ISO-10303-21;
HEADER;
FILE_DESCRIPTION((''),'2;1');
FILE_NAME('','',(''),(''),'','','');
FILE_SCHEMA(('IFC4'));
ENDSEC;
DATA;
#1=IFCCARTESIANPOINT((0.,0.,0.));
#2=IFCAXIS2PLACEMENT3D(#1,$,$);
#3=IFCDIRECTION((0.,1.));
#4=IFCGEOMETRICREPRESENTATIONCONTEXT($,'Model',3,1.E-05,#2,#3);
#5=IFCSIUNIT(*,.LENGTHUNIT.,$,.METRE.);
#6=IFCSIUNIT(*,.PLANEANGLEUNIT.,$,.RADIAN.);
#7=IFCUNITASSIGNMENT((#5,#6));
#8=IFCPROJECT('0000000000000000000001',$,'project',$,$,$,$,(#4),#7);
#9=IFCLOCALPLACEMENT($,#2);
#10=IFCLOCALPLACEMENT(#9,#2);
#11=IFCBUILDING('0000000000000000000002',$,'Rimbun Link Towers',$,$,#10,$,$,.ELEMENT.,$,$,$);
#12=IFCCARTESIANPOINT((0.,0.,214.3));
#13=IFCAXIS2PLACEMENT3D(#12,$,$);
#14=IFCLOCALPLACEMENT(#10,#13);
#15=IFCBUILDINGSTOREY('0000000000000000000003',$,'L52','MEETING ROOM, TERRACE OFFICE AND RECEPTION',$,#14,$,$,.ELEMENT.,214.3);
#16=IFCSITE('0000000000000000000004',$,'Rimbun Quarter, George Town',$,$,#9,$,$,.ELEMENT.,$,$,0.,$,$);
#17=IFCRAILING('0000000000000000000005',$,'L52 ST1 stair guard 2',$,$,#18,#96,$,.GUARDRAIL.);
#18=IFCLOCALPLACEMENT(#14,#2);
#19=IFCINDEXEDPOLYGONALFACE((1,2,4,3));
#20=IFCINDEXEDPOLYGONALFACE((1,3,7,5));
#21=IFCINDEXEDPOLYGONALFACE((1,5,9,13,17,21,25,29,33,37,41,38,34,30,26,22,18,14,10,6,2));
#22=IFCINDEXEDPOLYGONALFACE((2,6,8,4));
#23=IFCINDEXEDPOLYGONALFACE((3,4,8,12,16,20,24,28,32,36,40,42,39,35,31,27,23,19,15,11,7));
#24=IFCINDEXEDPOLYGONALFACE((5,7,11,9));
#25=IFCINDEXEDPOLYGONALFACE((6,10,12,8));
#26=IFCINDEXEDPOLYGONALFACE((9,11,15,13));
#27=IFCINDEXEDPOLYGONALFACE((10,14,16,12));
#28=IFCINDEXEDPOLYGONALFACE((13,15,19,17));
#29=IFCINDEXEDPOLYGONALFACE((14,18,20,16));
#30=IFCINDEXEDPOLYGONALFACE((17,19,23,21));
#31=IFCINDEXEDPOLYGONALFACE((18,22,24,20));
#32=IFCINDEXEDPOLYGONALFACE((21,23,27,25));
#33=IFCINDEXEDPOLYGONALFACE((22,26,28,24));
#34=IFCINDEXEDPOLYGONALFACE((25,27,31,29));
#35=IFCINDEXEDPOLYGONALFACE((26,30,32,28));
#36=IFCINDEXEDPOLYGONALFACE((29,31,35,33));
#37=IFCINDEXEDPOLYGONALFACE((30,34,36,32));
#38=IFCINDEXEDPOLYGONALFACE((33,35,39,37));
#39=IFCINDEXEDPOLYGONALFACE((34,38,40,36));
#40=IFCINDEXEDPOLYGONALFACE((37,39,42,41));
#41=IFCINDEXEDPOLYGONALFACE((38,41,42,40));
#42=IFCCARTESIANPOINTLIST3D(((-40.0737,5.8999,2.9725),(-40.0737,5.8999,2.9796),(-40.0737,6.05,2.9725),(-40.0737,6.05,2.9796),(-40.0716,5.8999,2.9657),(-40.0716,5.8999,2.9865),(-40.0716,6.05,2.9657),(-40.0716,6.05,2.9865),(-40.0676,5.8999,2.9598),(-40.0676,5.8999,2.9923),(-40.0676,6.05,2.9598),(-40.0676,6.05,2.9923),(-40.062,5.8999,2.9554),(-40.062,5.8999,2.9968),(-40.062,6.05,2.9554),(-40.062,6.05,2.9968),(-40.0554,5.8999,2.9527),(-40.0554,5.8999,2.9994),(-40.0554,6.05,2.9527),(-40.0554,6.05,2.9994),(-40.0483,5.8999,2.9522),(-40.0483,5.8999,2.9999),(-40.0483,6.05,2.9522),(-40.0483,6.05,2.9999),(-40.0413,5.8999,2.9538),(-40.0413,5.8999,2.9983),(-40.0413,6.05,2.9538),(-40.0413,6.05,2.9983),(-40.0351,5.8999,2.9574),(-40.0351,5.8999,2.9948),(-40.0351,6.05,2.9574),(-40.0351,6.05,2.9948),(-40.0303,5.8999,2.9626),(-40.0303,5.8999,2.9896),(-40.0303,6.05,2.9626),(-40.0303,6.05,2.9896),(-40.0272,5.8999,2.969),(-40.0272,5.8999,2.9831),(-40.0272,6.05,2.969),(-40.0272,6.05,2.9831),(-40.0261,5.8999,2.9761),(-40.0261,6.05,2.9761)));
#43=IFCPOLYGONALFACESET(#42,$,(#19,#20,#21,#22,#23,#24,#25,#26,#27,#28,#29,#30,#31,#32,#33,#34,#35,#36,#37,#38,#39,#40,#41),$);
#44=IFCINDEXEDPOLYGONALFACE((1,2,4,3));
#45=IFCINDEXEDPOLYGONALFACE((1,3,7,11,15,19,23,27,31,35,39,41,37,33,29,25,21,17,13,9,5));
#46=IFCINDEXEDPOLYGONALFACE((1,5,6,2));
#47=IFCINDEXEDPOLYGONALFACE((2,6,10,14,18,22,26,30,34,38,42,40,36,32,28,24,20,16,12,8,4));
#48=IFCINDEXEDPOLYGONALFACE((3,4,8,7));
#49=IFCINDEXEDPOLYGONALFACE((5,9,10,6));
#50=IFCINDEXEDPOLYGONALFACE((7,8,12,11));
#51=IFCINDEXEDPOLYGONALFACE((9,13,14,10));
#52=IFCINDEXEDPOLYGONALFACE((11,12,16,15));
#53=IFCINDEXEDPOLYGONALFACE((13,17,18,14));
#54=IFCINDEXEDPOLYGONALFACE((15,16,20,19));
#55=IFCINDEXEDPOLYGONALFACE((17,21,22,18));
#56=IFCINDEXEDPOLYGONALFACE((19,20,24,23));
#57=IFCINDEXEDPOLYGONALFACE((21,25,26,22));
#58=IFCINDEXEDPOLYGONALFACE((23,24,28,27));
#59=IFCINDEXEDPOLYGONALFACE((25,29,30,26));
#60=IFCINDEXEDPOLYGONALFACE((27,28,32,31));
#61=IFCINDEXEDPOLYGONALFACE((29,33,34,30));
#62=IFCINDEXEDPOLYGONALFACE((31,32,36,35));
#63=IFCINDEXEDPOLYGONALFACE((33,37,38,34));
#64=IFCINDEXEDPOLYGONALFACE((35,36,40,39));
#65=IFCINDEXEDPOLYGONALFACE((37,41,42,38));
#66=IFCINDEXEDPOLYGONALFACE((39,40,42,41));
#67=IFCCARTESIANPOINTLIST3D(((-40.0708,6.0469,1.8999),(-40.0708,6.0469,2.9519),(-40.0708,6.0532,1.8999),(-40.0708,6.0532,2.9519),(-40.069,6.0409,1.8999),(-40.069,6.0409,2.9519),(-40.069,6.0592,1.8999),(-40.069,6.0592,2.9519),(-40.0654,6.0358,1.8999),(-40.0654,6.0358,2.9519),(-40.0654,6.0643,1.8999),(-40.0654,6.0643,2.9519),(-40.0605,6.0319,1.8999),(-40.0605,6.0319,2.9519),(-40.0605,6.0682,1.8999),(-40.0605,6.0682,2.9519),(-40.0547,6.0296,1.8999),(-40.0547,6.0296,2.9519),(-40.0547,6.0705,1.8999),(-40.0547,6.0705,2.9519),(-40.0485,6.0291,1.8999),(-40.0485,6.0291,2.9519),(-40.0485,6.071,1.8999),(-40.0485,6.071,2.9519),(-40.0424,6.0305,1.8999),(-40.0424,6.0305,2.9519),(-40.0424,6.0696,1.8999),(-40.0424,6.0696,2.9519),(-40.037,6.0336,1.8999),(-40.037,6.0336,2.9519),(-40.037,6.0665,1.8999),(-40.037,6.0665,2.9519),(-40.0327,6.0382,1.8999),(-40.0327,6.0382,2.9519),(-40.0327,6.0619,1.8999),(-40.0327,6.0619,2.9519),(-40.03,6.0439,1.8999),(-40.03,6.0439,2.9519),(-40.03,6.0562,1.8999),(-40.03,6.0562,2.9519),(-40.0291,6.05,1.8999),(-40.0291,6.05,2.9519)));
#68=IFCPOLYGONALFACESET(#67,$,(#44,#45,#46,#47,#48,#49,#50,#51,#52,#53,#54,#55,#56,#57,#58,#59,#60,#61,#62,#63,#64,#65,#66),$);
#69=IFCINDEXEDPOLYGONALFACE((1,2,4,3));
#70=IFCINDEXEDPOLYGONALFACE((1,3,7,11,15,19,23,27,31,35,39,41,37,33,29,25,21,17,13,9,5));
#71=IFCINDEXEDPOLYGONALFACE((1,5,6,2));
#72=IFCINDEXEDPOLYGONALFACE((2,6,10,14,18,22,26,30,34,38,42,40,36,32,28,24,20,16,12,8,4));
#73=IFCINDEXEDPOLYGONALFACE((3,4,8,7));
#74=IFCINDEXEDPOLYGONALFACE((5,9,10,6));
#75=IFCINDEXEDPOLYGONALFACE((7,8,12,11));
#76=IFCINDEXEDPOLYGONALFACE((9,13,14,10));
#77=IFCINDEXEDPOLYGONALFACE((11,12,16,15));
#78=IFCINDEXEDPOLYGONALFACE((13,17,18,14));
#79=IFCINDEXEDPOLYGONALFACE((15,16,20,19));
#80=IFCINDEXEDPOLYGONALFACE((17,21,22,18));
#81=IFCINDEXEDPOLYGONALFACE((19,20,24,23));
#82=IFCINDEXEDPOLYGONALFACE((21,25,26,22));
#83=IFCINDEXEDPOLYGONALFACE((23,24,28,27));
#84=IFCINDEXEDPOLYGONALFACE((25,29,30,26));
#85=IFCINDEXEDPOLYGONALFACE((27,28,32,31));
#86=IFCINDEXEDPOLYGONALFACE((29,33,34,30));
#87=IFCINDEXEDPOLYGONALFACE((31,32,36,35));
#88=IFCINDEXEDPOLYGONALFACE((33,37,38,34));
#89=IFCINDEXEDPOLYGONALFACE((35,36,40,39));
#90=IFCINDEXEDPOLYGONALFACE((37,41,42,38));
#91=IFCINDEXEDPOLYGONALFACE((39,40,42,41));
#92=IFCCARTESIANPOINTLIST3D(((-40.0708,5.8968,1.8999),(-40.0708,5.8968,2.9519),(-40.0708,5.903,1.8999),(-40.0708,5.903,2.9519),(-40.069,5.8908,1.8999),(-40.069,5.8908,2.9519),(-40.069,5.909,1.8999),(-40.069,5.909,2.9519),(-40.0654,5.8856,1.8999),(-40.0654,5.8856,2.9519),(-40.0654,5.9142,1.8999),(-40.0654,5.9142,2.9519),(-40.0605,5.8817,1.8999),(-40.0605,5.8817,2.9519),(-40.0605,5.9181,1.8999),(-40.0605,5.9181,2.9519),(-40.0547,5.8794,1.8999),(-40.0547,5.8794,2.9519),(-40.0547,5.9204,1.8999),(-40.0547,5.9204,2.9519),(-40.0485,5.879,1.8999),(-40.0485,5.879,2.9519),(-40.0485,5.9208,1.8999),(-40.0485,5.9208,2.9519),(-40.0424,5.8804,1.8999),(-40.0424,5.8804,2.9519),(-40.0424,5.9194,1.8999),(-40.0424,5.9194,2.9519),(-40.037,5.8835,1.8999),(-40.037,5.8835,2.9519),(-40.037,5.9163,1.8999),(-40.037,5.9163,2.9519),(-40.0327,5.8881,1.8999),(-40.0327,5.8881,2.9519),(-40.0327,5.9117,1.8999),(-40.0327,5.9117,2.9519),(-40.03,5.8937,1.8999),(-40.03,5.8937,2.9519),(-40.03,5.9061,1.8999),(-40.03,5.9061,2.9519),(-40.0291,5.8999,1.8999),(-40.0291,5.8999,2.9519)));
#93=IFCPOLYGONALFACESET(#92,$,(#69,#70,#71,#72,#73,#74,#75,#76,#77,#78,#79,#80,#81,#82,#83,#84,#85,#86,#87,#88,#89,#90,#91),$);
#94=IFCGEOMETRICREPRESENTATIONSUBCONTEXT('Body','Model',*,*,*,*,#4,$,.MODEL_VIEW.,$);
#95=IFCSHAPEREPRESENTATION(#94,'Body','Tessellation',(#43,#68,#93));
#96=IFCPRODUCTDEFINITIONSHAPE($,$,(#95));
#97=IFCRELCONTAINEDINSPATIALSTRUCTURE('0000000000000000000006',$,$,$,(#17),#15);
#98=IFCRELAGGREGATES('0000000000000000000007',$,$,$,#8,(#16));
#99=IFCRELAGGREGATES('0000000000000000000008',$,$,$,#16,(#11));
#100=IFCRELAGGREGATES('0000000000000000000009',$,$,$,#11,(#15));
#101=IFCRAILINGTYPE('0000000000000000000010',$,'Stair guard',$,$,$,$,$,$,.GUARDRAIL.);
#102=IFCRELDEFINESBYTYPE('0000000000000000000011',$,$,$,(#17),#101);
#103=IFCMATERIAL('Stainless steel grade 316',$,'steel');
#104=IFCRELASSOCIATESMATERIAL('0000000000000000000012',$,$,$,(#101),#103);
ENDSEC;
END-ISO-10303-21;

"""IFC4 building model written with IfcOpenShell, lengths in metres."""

from ifc_helpers import new_model, si_unit, direction, frame, origin, origin_2d, place, context, subcontext, project, spatial, circle, extrude, material, type_object, element, save


model = new_model("IFC4")

# Units and contexts
model_context = context("Model", 3, precision=1e-05, world=origin(), true_north=direction((0.0, 1.0)))
body_context = subcontext(model_context, "Body", "Model", "MODEL_VIEW")
ifc_project = project(units=[si_unit("LENGTHUNIT", "METRE"), si_unit("PLANEANGLEUNIT", "RADIAN")], contexts=[model_context])

# Site, building, storey
site_placement = place(None, origin())
site = spatial("IfcSite", under=ifc_project, at=site_placement, Name="Rimbun Quarter, George Town", CompositionType="ELEMENT", RefElevation=0.0)
building_placement = place(site_placement, origin())
building = spatial("IfcBuilding", under=site, at=building_placement, Name="Rimbun Link Towers", CompositionType="ELEMENT")
storey_placement = place(building_placement, frame((0.0, 0.0, 214.3)))
storey = spatial("IfcBuildingStorey", under=building, at=storey_placement, Name="L52", Description="MEETING ROOM, TERRACE OFFICE AND RECEPTION", CompositionType="ELEMENT", Elevation=214.3)

# Railing
ifc_material_1 = material(Name="Stainless steel grade 316", Category="steel")
railing_type_1 = type_object("IfcRailingType", Name="Stair guard", PredefinedType="GUARDRAIL", material=ifc_material_1)
railing_1_placement = place(storey_placement, frame((-40.05, 6.05, 1.8999)))
element("IfcRailing", 1, at=railing_1_placement, inside=storey, type_object=railing_type_1, Name="L52 ST1 stair guard 2", PredefinedType="GUARDRAIL", context=body_context, shape_type="SweptSolid", body=[
    extrude(circle(Radius=0.0239, at=origin_2d()), frame((0.0, 0.0, 1.0762), z_axis=(0.0, -1.0, 0.0), x_axis=(1.0, 0.0, 0.0)), (0.0, 0.0, 1.0), 0.1501),
    extrude(circle(Radius=0.021, at=origin_2d()), origin(), (0.0, 0.0, 1.0), 1.052),
    extrude(circle(Radius=0.021, at=origin_2d()), frame((0.0, -0.1501, 0.0)), (0.0, 0.0, 1.0), 1.052),
])

save(model, "model.ifc")
